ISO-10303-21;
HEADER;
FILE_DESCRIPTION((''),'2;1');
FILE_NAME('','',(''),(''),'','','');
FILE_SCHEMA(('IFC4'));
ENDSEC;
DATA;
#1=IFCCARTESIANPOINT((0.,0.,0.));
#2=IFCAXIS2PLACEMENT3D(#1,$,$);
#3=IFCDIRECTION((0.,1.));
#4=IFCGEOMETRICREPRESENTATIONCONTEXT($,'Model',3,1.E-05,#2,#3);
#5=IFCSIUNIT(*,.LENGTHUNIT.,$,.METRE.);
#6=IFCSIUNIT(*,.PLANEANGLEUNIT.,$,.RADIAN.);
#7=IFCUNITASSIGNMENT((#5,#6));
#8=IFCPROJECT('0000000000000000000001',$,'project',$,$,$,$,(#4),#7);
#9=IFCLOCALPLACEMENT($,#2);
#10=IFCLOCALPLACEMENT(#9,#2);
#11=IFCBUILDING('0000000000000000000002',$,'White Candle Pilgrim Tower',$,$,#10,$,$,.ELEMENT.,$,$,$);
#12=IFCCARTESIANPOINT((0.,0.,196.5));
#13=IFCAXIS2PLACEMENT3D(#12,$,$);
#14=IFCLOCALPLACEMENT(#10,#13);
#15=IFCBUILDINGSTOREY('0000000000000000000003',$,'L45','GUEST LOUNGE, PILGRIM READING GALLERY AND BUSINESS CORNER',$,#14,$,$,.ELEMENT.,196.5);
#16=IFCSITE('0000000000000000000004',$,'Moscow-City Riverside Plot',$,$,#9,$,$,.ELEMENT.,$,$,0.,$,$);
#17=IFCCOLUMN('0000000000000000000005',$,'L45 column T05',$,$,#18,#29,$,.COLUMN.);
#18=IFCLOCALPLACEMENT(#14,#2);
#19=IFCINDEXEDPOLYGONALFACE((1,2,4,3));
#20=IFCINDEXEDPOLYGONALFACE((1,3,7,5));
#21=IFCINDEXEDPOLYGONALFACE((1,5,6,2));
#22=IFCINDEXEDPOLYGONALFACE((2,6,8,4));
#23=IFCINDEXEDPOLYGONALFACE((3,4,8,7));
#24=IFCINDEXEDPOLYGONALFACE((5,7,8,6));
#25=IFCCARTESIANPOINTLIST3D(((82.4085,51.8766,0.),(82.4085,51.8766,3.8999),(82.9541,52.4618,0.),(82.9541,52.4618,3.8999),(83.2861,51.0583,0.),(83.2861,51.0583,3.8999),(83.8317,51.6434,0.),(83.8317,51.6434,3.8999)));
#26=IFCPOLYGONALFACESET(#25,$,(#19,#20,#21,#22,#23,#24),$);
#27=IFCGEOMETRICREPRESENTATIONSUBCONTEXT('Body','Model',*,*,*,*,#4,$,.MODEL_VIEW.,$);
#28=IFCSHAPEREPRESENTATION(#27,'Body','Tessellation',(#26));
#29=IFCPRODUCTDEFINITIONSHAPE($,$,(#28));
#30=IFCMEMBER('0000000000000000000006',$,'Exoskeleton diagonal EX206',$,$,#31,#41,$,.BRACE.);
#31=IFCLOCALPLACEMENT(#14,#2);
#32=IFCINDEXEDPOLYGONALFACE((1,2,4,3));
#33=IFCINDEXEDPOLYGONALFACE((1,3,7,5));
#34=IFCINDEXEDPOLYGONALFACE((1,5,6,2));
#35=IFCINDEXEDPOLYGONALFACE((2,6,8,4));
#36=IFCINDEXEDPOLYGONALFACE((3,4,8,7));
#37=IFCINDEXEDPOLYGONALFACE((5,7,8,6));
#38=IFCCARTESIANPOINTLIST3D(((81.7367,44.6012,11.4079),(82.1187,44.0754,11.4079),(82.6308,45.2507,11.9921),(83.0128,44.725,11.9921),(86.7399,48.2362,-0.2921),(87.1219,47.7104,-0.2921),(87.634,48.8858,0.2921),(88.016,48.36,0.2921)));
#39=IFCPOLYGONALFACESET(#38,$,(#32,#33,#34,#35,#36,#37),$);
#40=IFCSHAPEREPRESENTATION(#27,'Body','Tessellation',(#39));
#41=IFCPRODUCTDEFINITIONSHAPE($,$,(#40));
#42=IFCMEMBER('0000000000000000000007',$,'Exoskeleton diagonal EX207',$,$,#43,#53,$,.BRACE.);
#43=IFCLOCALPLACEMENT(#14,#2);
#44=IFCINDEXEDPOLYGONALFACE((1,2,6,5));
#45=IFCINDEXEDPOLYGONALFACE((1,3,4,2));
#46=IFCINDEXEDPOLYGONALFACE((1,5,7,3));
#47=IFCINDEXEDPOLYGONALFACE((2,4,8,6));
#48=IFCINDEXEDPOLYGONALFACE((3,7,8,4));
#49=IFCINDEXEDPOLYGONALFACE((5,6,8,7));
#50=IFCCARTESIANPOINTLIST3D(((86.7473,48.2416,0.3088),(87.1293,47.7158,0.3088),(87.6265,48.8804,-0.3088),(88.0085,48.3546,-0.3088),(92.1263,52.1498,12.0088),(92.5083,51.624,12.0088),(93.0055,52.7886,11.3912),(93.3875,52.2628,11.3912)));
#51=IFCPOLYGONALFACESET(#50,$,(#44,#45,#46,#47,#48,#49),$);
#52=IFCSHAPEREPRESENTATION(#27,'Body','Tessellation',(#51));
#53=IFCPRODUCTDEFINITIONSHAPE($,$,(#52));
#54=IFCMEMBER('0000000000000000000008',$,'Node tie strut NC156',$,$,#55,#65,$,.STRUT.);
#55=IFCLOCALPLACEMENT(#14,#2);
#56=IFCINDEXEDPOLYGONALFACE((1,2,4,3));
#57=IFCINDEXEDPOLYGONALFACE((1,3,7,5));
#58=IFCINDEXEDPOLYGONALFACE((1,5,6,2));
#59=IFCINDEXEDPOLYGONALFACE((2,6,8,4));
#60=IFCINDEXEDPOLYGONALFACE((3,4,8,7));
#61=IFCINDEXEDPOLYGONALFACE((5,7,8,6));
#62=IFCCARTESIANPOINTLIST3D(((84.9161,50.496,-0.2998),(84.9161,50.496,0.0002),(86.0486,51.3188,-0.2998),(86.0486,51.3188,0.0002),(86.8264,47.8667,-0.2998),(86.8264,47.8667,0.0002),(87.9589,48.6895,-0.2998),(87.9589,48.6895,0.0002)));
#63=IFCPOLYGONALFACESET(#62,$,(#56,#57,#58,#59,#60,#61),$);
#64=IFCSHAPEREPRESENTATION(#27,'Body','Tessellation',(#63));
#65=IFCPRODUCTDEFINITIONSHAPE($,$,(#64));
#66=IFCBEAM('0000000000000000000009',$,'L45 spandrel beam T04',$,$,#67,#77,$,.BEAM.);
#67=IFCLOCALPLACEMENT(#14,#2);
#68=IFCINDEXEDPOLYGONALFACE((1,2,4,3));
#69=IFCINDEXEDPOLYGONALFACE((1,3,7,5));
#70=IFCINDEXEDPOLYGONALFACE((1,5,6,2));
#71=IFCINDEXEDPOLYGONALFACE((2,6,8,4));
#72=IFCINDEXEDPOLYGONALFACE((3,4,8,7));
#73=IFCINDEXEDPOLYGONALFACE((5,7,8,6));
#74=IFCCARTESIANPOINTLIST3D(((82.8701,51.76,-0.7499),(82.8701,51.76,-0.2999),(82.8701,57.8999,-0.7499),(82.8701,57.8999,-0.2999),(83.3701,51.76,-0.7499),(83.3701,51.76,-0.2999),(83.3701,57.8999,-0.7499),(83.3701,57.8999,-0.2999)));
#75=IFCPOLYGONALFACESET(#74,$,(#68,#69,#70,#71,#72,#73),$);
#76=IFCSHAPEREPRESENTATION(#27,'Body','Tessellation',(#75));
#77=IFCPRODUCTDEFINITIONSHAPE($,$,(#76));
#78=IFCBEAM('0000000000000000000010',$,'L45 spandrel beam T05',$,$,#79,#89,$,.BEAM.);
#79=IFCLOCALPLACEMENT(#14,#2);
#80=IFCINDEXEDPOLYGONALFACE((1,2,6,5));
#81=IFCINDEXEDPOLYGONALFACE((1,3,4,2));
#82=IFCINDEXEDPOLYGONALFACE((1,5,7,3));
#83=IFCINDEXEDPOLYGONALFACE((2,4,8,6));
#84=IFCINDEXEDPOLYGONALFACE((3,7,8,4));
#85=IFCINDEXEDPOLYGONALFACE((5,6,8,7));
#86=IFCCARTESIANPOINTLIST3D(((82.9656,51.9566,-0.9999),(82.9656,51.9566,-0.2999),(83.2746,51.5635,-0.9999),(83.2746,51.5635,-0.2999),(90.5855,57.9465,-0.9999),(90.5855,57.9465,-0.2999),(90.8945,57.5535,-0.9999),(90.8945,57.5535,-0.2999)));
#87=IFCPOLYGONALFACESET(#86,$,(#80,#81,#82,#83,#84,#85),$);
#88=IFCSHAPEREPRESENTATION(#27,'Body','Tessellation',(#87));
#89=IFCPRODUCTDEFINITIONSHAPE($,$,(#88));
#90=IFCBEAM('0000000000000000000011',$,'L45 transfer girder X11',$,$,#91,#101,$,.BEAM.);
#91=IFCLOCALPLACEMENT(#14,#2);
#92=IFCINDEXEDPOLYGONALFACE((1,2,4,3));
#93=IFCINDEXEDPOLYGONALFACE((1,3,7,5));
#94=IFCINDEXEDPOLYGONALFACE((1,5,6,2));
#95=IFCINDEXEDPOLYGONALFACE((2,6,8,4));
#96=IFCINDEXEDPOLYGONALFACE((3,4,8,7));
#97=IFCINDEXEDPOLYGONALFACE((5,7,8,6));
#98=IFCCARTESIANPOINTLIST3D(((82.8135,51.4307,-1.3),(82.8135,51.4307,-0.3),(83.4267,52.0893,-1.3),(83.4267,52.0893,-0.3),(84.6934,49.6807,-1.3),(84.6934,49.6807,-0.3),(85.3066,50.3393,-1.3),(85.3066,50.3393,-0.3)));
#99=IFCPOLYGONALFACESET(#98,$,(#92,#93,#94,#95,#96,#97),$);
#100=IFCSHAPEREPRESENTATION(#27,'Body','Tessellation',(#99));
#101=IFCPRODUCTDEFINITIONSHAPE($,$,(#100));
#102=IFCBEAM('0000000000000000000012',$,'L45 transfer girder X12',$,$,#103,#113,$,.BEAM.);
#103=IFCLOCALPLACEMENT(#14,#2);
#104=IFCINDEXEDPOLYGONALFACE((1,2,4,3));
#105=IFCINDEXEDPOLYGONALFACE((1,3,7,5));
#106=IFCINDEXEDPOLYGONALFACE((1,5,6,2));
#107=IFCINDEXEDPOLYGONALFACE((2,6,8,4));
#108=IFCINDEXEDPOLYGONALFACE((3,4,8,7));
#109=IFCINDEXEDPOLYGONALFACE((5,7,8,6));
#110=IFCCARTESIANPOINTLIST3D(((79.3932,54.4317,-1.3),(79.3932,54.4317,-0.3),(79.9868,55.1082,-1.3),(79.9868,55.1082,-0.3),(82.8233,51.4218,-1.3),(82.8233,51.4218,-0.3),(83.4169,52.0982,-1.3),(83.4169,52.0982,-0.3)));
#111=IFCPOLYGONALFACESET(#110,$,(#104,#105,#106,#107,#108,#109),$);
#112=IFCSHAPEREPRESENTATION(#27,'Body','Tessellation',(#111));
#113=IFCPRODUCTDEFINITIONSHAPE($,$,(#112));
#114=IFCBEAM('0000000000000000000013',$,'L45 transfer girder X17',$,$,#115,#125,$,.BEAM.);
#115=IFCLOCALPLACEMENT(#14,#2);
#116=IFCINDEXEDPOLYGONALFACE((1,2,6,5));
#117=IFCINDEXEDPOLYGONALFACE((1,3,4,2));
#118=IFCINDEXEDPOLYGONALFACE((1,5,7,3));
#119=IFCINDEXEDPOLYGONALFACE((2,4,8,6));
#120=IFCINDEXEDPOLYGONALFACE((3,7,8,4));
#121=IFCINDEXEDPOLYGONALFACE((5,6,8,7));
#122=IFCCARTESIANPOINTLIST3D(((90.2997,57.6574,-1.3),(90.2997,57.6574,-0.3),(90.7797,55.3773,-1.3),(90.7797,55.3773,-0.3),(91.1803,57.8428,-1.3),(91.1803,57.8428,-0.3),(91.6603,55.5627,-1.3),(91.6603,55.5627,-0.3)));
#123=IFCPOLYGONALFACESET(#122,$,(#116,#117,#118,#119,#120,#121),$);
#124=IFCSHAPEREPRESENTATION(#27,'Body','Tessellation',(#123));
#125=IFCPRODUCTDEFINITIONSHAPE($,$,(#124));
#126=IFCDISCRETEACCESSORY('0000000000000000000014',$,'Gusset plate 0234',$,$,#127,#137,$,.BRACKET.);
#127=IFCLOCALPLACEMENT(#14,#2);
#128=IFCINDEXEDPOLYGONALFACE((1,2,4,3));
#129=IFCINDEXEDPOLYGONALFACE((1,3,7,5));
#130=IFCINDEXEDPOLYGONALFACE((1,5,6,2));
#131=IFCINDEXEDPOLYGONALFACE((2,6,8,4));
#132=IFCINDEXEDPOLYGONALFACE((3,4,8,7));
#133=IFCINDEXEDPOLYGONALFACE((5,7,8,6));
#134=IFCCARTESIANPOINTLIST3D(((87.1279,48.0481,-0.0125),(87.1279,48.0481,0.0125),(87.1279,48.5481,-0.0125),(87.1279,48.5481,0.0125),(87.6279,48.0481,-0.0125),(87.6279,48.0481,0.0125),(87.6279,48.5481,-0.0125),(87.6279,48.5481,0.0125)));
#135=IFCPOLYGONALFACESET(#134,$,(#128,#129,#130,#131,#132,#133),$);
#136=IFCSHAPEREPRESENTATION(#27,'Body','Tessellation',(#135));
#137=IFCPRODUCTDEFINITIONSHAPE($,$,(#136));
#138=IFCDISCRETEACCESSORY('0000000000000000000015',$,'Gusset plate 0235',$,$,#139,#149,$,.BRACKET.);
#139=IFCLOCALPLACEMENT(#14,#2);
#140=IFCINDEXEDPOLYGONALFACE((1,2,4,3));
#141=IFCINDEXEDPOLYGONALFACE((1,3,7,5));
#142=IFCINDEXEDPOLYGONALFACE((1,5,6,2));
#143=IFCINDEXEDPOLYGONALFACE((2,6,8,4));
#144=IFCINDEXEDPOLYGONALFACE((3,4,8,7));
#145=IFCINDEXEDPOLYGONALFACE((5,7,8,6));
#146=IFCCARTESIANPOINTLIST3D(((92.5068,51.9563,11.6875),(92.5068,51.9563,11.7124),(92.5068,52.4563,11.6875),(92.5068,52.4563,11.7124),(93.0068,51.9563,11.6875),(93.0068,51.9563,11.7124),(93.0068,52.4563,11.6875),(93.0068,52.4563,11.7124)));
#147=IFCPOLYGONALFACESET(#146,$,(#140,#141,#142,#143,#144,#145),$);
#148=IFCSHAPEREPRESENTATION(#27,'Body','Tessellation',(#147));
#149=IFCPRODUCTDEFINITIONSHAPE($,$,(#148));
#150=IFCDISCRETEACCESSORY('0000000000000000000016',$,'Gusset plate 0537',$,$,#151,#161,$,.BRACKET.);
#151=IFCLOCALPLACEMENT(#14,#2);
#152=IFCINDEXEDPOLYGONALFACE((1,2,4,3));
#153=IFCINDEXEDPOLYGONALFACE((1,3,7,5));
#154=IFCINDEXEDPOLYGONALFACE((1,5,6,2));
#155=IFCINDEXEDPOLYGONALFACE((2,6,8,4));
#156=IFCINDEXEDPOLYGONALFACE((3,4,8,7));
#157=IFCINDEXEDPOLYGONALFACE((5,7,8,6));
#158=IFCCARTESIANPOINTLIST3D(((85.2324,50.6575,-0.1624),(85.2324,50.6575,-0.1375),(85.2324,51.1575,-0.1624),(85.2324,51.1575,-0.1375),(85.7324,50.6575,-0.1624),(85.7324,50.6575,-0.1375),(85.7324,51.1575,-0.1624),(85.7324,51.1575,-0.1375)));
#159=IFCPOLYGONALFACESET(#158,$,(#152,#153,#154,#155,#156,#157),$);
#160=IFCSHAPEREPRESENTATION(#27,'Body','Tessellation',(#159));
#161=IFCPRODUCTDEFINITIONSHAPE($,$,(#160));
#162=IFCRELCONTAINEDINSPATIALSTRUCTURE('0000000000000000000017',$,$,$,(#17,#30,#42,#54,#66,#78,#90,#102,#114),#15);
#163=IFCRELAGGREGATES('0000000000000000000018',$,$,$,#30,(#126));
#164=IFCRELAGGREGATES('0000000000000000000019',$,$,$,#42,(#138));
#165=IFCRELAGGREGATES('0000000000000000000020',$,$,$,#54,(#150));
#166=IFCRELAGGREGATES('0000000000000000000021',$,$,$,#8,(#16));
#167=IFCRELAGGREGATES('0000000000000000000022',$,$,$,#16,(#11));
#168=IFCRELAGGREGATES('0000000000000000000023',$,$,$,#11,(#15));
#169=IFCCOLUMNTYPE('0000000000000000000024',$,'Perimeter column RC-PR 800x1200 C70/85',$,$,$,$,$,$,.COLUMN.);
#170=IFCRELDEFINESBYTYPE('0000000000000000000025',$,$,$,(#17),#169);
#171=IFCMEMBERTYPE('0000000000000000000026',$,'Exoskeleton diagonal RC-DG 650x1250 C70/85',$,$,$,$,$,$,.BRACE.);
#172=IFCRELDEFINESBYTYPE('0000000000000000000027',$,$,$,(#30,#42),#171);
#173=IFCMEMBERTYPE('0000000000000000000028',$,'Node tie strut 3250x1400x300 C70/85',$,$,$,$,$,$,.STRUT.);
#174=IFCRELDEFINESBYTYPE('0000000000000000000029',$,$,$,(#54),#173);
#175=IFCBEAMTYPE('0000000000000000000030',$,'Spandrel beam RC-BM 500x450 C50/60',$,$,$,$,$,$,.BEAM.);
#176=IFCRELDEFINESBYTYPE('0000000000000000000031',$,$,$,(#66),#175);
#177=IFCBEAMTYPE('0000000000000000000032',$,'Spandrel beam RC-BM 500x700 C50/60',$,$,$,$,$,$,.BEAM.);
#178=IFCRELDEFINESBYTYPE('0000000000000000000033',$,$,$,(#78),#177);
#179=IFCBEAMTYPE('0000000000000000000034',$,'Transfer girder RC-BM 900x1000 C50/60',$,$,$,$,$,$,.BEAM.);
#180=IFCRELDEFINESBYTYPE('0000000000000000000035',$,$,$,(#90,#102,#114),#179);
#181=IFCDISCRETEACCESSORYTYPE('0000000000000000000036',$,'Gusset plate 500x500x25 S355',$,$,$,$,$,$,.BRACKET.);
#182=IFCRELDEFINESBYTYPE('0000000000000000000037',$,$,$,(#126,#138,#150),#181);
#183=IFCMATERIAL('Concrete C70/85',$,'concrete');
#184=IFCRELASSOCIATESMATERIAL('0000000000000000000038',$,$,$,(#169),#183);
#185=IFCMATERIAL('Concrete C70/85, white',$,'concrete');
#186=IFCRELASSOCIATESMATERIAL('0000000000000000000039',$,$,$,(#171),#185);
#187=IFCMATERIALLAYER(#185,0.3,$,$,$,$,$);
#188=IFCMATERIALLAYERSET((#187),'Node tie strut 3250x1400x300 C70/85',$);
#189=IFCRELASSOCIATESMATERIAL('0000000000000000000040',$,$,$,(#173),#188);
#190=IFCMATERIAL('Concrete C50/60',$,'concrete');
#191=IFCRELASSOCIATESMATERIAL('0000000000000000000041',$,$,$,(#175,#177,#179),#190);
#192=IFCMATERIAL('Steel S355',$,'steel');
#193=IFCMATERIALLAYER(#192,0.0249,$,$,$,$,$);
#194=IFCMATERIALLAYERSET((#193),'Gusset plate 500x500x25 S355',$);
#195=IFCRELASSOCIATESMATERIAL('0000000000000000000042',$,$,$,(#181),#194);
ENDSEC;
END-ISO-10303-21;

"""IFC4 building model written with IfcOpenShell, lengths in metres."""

from ifc_helpers import new_model, si_unit, direction, frame, origin, origin_2d, place, context, subcontext, project, spatial, rectangle, extrude, material, layer, layer_set, material_profile, profile_set, type_object, element, aggregate, save


model = new_model("IFC4")

# Units and contexts
model_context = context("Model", 3, precision=1e-05, world=origin(), true_north=direction((0.0, 1.0)))
body_context = subcontext(model_context, "Body", "Model", "MODEL_VIEW")
ifc_project = project(units=[si_unit("LENGTHUNIT", "METRE"), si_unit("PLANEANGLEUNIT", "RADIAN")], contexts=[model_context])

# Site, building, storey
site_placement = place(None, origin())
site = spatial("IfcSite", under=ifc_project, at=site_placement, Name="Moscow-City Riverside Plot", CompositionType="ELEMENT", RefElevation=0.0)
building_placement = place(site_placement, origin())
building = spatial("IfcBuilding", under=site, at=building_placement, Name="White Candle Pilgrim Tower", CompositionType="ELEMENT")
storey_placement = place(building_placement, frame((0.0, 0.0, 196.5)))
storey = spatial("IfcBuildingStorey", under=building, at=storey_placement, Name="L45", Description="GUEST LOUNGE, PILGRIM READING GALLERY AND BUSINESS CORNER", CompositionType="ELEMENT", Elevation=196.5)

# Column
ifc_material_1 = material(Name="Concrete C70/85", Category="concrete")
ifc_material_profile_1 = material_profile(ifc_material_1, rectangle(XDim=0.8, YDim=1.2, at=origin_2d()), Name="RC-PR 800x1200")
ifc_profile_set_1 = profile_set([ifc_material_profile_1], Name="Concrete C70/85")
column_type = type_object("IfcColumnType", Name="Perimeter column RC-PR 800x1200 C70/85", PredefinedType="COLUMN", material=ifc_profile_set_1)
column_placement = place(storey_placement, frame((83.1201, 51.76, 0.0), z_axis=(0.0, 0.0, 1.0), x_axis=(-0.681998, -0.731354, 0.0)))
element("IfcColumn", 1, at=column_placement, inside=storey, type_object=column_type, Name="L45 column T05", PredefinedType="COLUMN", context=body_context, shape_type="SweptSolid", body=[
    extrude(rectangle(XDim=0.8, YDim=1.2, at=origin_2d()), origin(), (0.0, 0.0, 1.0), 3.8999),
])

# Members
ifc_material_2 = material(Name="Concrete C70/85, white", Category="concrete")
ifc_material_profile_2 = material_profile(ifc_material_2, rectangle(XDim=0.6499, YDim=1.25, at=origin_2d()), Name="RC-DG 650x1250")
ifc_profile_set_2 = profile_set([ifc_material_profile_2], Name="Concrete C70/85, white")
member_type_1 = type_object("IfcMemberType", Name="Exoskeleton diagonal RC-DG 650x1250 C70/85", PredefinedType="BRACE", material=ifc_profile_set_2)
member_1_placement = place(storey_placement, frame((87.3779, 48.2981, 0.0), z_axis=(-0.37806, -0.274676, 0.884095), x_axis=(0.587784, -0.809018, 0.0)))
member_1 = element("IfcMember", 2, at=member_1_placement, inside=storey, type_object=member_type_1, Name="Exoskeleton diagonal EX206", PredefinedType="BRACE", context=body_context, shape_type="SweptSolid", body=[
    extrude(rectangle(XDim=0.6499, YDim=1.25, at=origin_2d()), origin(), (0.0, 0.0, 1.0), 13.2339),
])
member_2_placement = place(storey_placement, frame((87.3779, 48.2981, 0.0), z_axis=(0.399705, 0.290418, 0.869421), x_axis=(-0.587805, 0.809003, 0.0)))
member_2 = element("IfcMember", 3, at=member_2_placement, inside=storey, type_object=member_type_1, Name="Exoskeleton diagonal EX207", PredefinedType="BRACE", context=body_context, shape_type="SweptSolid", body=[
    extrude(rectangle(XDim=0.6499, YDim=1.25, at=origin_2d()), origin(), (0.0, 0.0, 1.0), 13.4573),
])
ifc_layer_1 = layer(ifc_material_2, 0.3)
ifc_layer_set_1 = layer_set([ifc_layer_1], Name="Node tie strut 3250x1400x300 C70/85")
member_type_2 = type_object("IfcMemberType", Name="Node tie strut 3250x1400x300 C70/85", PredefinedType="STRUT", material=ifc_layer_set_1)
member_3_placement = place(storey_placement, frame((86.4375, 49.5928, -0.2998), z_axis=(0.0, 0.0, 1.0), x_axis=(0.809017, 0.587785, 0.0)))
member_3 = element("IfcMember", 4, at=member_3_placement, inside=storey, type_object=member_type_2, Name="Node tie strut NC156", PredefinedType="STRUT", context=body_context, shape_type="SweptSolid", body=[
    extrude(rectangle(XDim=1.3999, YDim=3.25, at=origin_2d()), origin(), (0.0, 0.0, 1.0), 0.3),
])

# Beams
ifc_material_3 = material(Name="Concrete C50/60", Category="concrete")
ifc_material_profile_3 = material_profile(ifc_material_3, rectangle(XDim=0.5, YDim=0.45, at=origin_2d()), Name="RC-BM 500x450")
ifc_profile_set_3 = profile_set([ifc_material_profile_3], Name="Concrete C50/60")
beam_type_1 = type_object("IfcBeamType", Name="Spandrel beam RC-BM 500x450 C50/60", PredefinedType="BEAM", material=ifc_profile_set_3)
beam_1_placement = place(storey_placement, frame((83.1201, 51.76, -0.5249), z_axis=(0.0, 1.0, 0.0), x_axis=(-1.0, 0.0, 0.0)))
element("IfcBeam", 5, at=beam_1_placement, inside=storey, type_object=beam_type_1, Name="L45 spandrel beam T04", PredefinedType="BEAM", context=body_context, shape_type="SweptSolid", body=[
    extrude(rectangle(XDim=0.5, YDim=0.45, at=origin_2d()), origin(), (0.0, 0.0, 1.0), 6.1399),
])
ifc_material_profile_4 = material_profile(ifc_material_3, rectangle(XDim=0.5, YDim=0.7, at=origin_2d()), Name="RC-BM 500x700")
ifc_profile_set_4 = profile_set([ifc_material_profile_4], Name="Concrete C50/60")
beam_type_2 = type_object("IfcBeamType", Name="Spandrel beam RC-BM 500x700 C50/60", PredefinedType="BEAM", material=ifc_profile_set_4)
beam_2_placement = place(storey_placement, frame((83.1201, 51.76, -0.6499), z_axis=(0.786171, 0.61801, 0.0), x_axis=(-0.61801, 0.786171, 0.0)))
element("IfcBeam", 6, at=beam_2_placement, inside=storey, type_object=beam_type_2, Name="L45 spandrel beam T05", PredefinedType="BEAM", context=body_context, shape_type="SweptSolid", body=[
    extrude(rectangle(XDim=0.5, YDim=0.7, at=origin_2d()), origin(), (0.0, 0.0, 1.0), 9.6924),
])
ifc_material_profile_5 = material_profile(ifc_material_3, rectangle(XDim=0.8999, YDim=1.0, at=origin_2d()), Name="RC-BM 900x1000")
ifc_profile_set_5 = profile_set([ifc_material_profile_5], Name="Concrete C50/60")
beam_type_3 = type_object("IfcBeamType", Name="Transfer girder RC-BM 900x1000 C50/60", PredefinedType="BEAM", material=ifc_profile_set_5)
beam_3_placement = place(storey_placement, frame((85.0, 50.01, -0.8), z_axis=(-0.73194, 0.681369, 0.0), x_axis=(-0.681369, -0.73194, 0.0)))
element("IfcBeam", 7, at=beam_3_placement, inside=storey, type_object=beam_type_3, Name="L45 transfer girder X11", PredefinedType="BEAM", context=body_context, shape_type="SweptSolid", body=[
    extrude(rectangle(XDim=0.8999, YDim=1.0, at=origin_2d()), origin(), (0.0, 0.0, 1.0), 2.5684),
])
beam_4_placement = place(storey_placement, frame((83.1201, 51.76, -0.8), z_axis=(-0.751641, 0.659572, 0.0), x_axis=(-0.659572, -0.751641, 0.0)))
element("IfcBeam", 8, at=beam_4_placement, inside=storey, type_object=beam_type_3, Name="L45 transfer girder X12", PredefinedType="BEAM", context=body_context, shape_type="SweptSolid", body=[
    extrude(rectangle(XDim=0.8999, YDim=1.0, at=origin_2d()), origin(), (0.0, 0.0, 1.0), 4.5635),
])
beam_5_placement = place(storey_placement, frame((91.22, 55.47, -0.8), z_axis=(-0.206, 0.978552, 0.0), x_axis=(-0.978552, -0.206, 0.0)))
element("IfcBeam", 9, at=beam_5_placement, inside=storey, type_object=beam_type_3, Name="L45 transfer girder X17", PredefinedType="BEAM", context=body_context, shape_type="SweptSolid", body=[
    extrude(rectangle(XDim=0.8999, YDim=1.0, at=origin_2d()), origin(), (0.0, 0.0, 1.0), 2.3301),
])

# Discrete accessories
ifc_material_4 = material(Name="Steel S355", Category="steel")
ifc_layer_2 = layer(ifc_material_4, 0.0249)
ifc_layer_set_2 = layer_set([ifc_layer_2], Name="Gusset plate 500x500x25 S355")
discrete_accessory_type = type_object("IfcDiscreteAccessoryType", Name="Gusset plate 500x500x25 S355", PredefinedType="BRACKET", material=ifc_layer_set_2)
discrete_accessory_1_placement = place(storey_placement, frame((87.3779, 48.2981, -0.0125), z_axis=(0.0, 0.0, 1.0), x_axis=(1.0, 0.0, 0.0)))
discrete_accessory_1 = element("IfcDiscreteAccessory", 10, at=discrete_accessory_1_placement, type_object=discrete_accessory_type, Name="Gusset plate 0234", PredefinedType="BRACKET", context=body_context, shape_type="SweptSolid", body=[
    extrude(rectangle(XDim=0.5, YDim=0.5, at=origin_2d()), origin(), (0.0, 0.0, 1.0), 0.0249),
])
aggregate(member_1, [discrete_accessory_1])
placement = place(building_placement, frame((0.0, 0.0, 208.2)))
discrete_accessory_2_placement = place(placement, frame((92.7568, 52.2063, -0.0125), z_axis=(0.0, 0.0, 1.0), x_axis=(1.0, 0.0, 0.0)))
discrete_accessory_2 = element("IfcDiscreteAccessory", 11, at=discrete_accessory_2_placement, type_object=discrete_accessory_type, Name="Gusset plate 0235", PredefinedType="BRACKET", context=body_context, shape_type="SweptSolid", body=[
    extrude(rectangle(XDim=0.5, YDim=0.5, at=origin_2d()), origin(), (0.0, 0.0, 1.0), 0.0249),
])
aggregate(member_2, [discrete_accessory_2])
discrete_accessory_3_placement = place(storey_placement, frame((85.4824, 50.9075, -0.1624), z_axis=(0.0, 0.0, 1.0), x_axis=(1.0, 0.0, 0.0)))
discrete_accessory_3 = element("IfcDiscreteAccessory", 12, at=discrete_accessory_3_placement, type_object=discrete_accessory_type, Name="Gusset plate 0537", PredefinedType="BRACKET", context=body_context, shape_type="SweptSolid", body=[
    extrude(rectangle(XDim=0.5, YDim=0.5, at=origin_2d()), origin(), (0.0, 0.0, 1.0), 0.0249),
])
aggregate(member_3, [discrete_accessory_3])

save(model, "model.ifc")
